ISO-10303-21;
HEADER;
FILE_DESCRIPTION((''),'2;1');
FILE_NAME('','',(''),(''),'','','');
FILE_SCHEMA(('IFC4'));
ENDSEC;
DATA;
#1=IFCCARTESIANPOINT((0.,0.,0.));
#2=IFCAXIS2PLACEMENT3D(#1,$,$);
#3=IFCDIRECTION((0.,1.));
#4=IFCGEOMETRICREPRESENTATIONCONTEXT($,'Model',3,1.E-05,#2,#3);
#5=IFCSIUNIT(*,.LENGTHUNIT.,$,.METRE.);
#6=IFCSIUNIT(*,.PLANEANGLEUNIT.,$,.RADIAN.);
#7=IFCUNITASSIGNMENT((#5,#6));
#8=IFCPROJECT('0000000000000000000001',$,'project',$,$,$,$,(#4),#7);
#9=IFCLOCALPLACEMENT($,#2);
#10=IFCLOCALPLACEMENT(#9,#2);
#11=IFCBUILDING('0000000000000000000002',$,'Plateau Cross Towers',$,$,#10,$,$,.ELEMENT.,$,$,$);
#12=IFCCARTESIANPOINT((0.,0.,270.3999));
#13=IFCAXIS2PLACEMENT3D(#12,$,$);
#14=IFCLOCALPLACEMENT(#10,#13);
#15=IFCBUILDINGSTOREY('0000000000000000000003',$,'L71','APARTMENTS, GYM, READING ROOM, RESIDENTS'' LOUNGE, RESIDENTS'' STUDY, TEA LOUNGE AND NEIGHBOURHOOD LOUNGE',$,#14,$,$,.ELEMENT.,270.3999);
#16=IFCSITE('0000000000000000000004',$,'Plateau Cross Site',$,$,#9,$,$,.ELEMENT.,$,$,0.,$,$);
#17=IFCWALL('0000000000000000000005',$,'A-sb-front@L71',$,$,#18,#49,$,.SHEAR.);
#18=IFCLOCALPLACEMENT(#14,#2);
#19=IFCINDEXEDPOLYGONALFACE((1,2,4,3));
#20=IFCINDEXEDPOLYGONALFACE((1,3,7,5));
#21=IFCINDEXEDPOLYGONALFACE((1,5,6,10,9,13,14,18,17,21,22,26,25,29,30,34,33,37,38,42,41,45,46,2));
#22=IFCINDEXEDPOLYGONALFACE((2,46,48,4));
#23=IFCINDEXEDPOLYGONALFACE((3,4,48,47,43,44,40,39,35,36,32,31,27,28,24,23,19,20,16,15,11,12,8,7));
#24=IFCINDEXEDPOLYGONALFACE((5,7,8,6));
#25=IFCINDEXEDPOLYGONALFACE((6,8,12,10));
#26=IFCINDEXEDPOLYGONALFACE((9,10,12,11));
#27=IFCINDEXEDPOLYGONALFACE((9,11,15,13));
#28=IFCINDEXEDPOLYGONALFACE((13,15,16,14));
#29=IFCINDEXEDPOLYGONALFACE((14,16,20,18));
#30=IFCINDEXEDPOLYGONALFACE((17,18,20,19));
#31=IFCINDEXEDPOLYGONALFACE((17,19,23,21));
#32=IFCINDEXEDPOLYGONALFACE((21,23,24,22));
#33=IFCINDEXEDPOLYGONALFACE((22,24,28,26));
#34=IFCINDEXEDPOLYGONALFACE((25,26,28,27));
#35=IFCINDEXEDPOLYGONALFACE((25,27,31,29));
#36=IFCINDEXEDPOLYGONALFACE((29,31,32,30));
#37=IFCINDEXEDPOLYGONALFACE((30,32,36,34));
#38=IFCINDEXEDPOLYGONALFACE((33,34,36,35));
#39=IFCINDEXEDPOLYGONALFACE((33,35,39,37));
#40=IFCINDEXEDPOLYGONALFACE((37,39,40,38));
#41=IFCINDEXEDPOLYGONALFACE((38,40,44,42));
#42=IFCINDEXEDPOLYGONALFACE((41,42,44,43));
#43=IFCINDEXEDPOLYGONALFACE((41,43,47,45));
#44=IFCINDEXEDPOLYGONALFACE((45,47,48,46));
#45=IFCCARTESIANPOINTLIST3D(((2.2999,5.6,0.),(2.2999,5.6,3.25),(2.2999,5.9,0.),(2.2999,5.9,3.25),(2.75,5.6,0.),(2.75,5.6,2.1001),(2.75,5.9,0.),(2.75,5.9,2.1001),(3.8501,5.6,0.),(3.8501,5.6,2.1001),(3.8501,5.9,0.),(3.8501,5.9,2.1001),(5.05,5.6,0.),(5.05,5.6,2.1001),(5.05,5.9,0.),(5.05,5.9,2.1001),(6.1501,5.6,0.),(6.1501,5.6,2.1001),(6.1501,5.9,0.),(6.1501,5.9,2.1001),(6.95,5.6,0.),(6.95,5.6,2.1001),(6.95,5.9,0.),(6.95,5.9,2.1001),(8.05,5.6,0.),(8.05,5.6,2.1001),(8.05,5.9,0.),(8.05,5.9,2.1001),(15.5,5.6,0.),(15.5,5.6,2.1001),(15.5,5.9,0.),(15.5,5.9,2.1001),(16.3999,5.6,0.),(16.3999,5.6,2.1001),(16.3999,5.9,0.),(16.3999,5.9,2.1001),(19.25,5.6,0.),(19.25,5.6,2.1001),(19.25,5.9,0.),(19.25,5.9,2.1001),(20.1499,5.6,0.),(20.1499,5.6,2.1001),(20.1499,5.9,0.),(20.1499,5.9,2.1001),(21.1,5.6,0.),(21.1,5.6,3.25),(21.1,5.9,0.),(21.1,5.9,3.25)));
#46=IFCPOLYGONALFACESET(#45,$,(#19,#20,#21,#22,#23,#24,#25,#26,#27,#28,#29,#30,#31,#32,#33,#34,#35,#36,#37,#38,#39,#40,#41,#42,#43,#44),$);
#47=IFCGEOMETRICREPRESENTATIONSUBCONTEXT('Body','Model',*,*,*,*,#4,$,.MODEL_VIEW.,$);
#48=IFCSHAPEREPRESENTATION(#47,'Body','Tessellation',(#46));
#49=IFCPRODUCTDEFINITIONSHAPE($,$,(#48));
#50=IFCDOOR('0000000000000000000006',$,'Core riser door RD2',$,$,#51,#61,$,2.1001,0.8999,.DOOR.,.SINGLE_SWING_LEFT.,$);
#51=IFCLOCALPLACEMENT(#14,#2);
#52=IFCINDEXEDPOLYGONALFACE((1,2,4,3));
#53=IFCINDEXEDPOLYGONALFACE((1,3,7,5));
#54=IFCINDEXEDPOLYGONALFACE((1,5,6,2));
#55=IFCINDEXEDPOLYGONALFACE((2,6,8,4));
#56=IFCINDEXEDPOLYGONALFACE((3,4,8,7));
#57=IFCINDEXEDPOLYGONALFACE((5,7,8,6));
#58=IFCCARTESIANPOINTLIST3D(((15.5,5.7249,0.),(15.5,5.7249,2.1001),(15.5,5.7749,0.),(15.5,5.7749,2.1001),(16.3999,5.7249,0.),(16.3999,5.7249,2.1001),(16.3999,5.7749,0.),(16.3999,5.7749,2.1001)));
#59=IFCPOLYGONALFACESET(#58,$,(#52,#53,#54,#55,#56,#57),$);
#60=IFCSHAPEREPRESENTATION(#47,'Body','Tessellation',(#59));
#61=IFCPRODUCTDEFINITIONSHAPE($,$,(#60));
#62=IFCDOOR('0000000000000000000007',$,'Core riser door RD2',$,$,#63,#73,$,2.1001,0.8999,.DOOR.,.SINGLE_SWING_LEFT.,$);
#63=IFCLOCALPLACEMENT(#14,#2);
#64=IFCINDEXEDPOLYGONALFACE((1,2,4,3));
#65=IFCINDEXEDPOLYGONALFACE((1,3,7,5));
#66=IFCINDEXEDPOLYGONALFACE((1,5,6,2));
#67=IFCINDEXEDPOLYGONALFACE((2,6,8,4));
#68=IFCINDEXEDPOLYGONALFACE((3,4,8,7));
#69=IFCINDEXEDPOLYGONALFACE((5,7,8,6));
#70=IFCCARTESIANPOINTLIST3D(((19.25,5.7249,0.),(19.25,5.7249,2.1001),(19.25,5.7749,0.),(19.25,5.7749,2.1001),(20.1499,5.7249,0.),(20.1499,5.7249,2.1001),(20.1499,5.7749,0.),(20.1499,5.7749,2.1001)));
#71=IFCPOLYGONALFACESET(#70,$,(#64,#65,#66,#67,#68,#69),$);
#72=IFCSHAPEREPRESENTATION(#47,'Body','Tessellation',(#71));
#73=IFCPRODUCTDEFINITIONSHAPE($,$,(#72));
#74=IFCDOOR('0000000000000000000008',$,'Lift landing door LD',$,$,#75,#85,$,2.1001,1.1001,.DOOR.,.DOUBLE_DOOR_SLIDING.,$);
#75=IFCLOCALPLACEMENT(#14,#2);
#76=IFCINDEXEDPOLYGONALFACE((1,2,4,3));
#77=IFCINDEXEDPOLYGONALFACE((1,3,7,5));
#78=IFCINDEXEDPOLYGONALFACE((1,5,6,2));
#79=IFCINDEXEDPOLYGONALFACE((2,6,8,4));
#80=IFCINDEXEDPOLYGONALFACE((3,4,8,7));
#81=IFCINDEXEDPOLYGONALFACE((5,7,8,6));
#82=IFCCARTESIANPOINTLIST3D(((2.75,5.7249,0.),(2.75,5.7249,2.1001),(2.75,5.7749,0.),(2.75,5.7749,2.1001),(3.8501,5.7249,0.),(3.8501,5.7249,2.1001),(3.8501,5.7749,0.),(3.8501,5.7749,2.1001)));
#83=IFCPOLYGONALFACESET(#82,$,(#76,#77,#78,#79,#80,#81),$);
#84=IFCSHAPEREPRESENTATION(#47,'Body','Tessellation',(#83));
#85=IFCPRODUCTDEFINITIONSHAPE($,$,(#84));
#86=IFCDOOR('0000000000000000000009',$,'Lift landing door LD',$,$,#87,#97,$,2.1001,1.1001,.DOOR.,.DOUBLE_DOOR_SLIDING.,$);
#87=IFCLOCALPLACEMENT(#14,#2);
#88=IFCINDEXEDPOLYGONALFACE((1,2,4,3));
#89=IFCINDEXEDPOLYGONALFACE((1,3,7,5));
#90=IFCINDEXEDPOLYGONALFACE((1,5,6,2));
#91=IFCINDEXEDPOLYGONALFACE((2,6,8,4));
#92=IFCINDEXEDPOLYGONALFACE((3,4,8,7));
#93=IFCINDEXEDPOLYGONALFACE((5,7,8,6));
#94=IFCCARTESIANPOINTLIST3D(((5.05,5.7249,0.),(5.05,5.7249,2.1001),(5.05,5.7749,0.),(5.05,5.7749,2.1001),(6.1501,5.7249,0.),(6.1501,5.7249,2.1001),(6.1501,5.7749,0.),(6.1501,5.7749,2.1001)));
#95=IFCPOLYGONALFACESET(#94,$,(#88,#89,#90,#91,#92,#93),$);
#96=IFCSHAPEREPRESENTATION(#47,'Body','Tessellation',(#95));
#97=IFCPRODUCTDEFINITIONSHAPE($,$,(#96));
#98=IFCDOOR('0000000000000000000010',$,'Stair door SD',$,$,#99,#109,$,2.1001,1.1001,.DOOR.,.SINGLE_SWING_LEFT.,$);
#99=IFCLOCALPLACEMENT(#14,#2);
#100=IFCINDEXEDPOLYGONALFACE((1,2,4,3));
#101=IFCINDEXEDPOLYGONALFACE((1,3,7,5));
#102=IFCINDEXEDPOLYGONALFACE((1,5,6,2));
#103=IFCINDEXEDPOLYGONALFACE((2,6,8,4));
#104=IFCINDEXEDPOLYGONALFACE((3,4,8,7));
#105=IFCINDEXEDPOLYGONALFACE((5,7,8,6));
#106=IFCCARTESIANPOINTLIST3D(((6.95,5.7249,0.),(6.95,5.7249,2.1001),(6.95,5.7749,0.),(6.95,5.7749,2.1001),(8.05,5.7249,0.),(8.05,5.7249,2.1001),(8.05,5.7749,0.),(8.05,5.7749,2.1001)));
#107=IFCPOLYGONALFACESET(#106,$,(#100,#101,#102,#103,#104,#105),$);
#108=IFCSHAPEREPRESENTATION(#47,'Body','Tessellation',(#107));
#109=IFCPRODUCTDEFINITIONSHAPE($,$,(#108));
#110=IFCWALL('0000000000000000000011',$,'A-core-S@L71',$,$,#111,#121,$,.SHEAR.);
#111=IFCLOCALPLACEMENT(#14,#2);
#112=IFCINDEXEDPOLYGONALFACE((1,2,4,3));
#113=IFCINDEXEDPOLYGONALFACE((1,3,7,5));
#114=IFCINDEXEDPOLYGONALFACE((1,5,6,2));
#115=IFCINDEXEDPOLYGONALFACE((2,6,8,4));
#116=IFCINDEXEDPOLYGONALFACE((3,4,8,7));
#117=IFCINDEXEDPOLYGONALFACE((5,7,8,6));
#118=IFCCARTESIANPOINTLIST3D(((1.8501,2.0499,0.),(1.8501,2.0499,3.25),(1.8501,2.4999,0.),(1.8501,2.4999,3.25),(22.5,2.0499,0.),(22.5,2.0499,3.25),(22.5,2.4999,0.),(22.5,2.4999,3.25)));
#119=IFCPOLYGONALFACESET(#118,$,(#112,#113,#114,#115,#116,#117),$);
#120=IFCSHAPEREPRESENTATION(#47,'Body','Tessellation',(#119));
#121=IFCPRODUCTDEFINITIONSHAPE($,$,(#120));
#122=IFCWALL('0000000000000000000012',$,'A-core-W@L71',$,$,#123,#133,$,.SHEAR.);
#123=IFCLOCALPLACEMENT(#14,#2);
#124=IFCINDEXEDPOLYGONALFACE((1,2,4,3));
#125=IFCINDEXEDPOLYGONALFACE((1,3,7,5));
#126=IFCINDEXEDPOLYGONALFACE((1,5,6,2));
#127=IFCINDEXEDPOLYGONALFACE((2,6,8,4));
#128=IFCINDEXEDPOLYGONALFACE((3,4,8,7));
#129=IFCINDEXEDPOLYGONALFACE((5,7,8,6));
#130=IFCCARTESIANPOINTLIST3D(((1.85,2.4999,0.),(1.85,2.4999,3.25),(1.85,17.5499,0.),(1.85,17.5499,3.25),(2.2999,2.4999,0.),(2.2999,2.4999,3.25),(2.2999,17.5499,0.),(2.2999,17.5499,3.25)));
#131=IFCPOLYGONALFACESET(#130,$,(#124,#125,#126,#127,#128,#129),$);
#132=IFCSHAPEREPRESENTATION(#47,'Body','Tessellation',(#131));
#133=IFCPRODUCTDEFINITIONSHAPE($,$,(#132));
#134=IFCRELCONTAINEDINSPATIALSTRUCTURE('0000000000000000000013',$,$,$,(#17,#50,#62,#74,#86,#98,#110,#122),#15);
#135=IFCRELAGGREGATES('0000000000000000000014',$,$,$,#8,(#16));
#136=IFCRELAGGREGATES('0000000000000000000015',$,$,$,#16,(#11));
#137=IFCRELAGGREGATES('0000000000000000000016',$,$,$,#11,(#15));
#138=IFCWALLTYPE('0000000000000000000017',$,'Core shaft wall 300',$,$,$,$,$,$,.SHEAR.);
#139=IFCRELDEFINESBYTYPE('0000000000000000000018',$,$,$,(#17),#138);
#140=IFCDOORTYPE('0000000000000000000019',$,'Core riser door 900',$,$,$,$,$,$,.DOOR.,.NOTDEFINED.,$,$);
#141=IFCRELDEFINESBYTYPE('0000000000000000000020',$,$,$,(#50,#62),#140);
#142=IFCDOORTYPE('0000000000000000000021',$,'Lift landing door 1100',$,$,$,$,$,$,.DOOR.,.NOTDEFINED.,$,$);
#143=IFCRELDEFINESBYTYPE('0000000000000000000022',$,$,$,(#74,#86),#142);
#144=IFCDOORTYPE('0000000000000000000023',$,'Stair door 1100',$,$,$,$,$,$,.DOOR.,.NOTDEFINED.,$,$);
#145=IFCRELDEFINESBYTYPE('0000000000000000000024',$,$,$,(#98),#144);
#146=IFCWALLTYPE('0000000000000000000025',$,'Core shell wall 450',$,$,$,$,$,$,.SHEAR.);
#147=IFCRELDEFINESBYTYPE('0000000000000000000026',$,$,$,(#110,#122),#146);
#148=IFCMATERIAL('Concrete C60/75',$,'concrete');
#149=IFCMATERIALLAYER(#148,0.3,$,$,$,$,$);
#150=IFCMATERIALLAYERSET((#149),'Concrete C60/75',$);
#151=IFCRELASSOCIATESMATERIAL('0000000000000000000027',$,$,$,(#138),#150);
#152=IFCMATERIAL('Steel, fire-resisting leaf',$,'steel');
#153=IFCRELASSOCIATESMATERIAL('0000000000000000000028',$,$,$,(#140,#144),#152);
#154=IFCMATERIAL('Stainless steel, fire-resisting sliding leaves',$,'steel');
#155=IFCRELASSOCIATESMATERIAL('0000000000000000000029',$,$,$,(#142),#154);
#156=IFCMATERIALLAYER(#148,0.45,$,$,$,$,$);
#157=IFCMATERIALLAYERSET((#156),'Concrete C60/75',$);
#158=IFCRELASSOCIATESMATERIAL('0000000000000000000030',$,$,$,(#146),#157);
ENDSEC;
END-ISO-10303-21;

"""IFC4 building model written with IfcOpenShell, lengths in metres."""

from ifc_helpers import new_model, si_unit, direction, frame, frame_2d, origin, place, context, subcontext, project, spatial, rectangle, extrude, material, layer, layer_set, type_object, element, fill, save


model = new_model("IFC4")

# Units and contexts
model_context = context("Model", 3, precision=1e-05, world=origin(), true_north=direction((0.0, 1.0)))
body_context = subcontext(model_context, "Body", "Model", "MODEL_VIEW")
ifc_project = project(units=[si_unit("LENGTHUNIT", "METRE"), si_unit("PLANEANGLEUNIT", "RADIAN")], contexts=[model_context])

# Site, building, storey
site_placement = place(None, origin())
site = spatial("IfcSite", under=ifc_project, at=site_placement, Name="Plateau Cross Site", CompositionType="ELEMENT", RefElevation=0.0)
building_placement = place(site_placement, origin())
building = spatial("IfcBuilding", under=site, at=building_placement, Name="Plateau Cross Towers", CompositionType="ELEMENT")
storey_placement = place(building_placement, frame((0.0, 0.0, 270.3999)))
storey = spatial("IfcBuildingStorey", under=building, at=storey_placement, Name="L71", Description="APARTMENTS, GYM, READING ROOM, RESIDENTS' LOUNGE, RESIDENTS' STUDY, TEA LOUNGE AND NEIGHBOURHOOD LOUNGE", CompositionType="ELEMENT", Elevation=270.3999)

# Shared definitions
ifc_material_1 = material(Name="Concrete C60/75", Category="concrete")

# Shared definitions
ifc_layer_1 = layer(ifc_material_1, 0.3)
ifc_layer_set_1 = layer_set([ifc_layer_1], Name="Concrete C60/75")
wall_type_1 = type_object("IfcWallType", Name="Core shaft wall 300", PredefinedType="SHEAR", material=ifc_layer_set_1)

# Wall, openings, doors
wall_1_placement = place(storey_placement, frame((2.3, 5.75, 0.0), z_axis=(0.0, 0.0, 1.0), x_axis=(1.0, 0.0, 0.0)))
wall_1 = element("IfcWall", 1, at=wall_1_placement, inside=storey, type_object=wall_type_1, Name="A-sb-front@L71", PredefinedType="SHEAR", context=body_context, shape_type="SweptSolid", body=[
    extrude(rectangle(XDim=18.8, YDim=0.3, at=frame_2d((9.3999, 0.0))), origin(), (0.0, 0.0, 1.0), 3.25),
])
opening_1_placement = place(wall_1_placement, frame((4.6499, 0.0, 0.0)))
opening_1 = element("IfcOpeningElement", 2, at=opening_1_placement, cuts=wall_1, PredefinedType="OPENING", context=body_context, shape_type="SweptSolid", body=[
    extrude(rectangle(XDim=1.1001, YDim=2.1001, at=frame_2d((0.55, 1.05))), frame((0.0, 0.1599, 0.0), z_axis=(0.0, -1.0, 0.0), x_axis=(1.0, 0.0, 0.0)), (0.0, 0.0, 1.0), 0.3201),
])
opening_2_placement = place(wall_1_placement, frame((0.45, 0.0, 0.0)))
opening_2 = element("IfcOpeningElement", 3, at=opening_2_placement, cuts=wall_1, PredefinedType="OPENING", context=body_context, shape_type="SweptSolid", body=[
    extrude(rectangle(XDim=1.1001, YDim=2.1001, at=frame_2d((0.55, 1.05))), frame((0.0, 0.1599, 0.0), z_axis=(0.0, -1.0, 0.0), x_axis=(1.0, 0.0, 0.0)), (0.0, 0.0, 1.0), 0.3201),
])
opening_3_placement = place(wall_1_placement, frame((2.75, 0.0, 0.0)))
opening_3 = element("IfcOpeningElement", 4, at=opening_3_placement, cuts=wall_1, PredefinedType="OPENING", context=body_context, shape_type="SweptSolid", body=[
    extrude(rectangle(XDim=1.1001, YDim=2.1001, at=frame_2d((0.55, 1.05))), frame((0.0, 0.1599, 0.0), z_axis=(0.0, -1.0, 0.0), x_axis=(1.0, 0.0, 0.0)), (0.0, 0.0, 1.0), 0.3201),
])
opening_4_placement = place(wall_1_placement, frame((13.2, 0.0, 0.0)))
opening_4 = element("IfcOpeningElement", 5, at=opening_4_placement, cuts=wall_1, PredefinedType="OPENING", context=body_context, shape_type="SweptSolid", body=[
    extrude(rectangle(XDim=0.8999, YDim=2.1001, at=frame_2d((0.45, 1.05))), frame((0.0, 0.1599, 0.0), z_axis=(0.0, -1.0, 0.0), x_axis=(1.0, 0.0, 0.0)), (0.0, 0.0, 1.0), 0.3201),
])
opening_5_placement = place(wall_1_placement, frame((16.95, 0.0, 0.0)))
opening_5 = element("IfcOpeningElement", 6, at=opening_5_placement, cuts=wall_1, PredefinedType="OPENING", context=body_context, shape_type="SweptSolid", body=[
    extrude(rectangle(XDim=0.8999, YDim=2.1001, at=frame_2d((0.45, 1.05))), frame((0.0, 0.1599, 0.0), z_axis=(0.0, -1.0, 0.0), x_axis=(1.0, 0.0, 0.0)), (0.0, 0.0, 1.0), 0.3201),
])
ifc_material_2 = material(Name="Steel, fire-resisting leaf", Category="steel")
door_type_1 = type_object("IfcDoorType", Name="Core riser door 900", OperationType="NOTDEFINED", PredefinedType="DOOR", material=ifc_material_2)
door_1_placement = place(opening_4_placement, origin())
door_1 = element("IfcDoor", 7, at=door_1_placement, inside=storey, type_object=door_type_1, Name="Core riser door RD2", OperationType="SINGLE_SWING_LEFT", OverallHeight=2.1001, OverallWidth=0.8999, PredefinedType="DOOR", context=body_context, shape_type="SweptSolid", body=[
    extrude(rectangle(XDim=0.8999, YDim=2.1001, at=frame_2d((0.45, 1.05))), frame((0.0, 0.0249, 0.0), z_axis=(0.0, -1.0, 0.0), x_axis=(1.0, 0.0, 0.0)), (0.0, 0.0, 1.0), 0.05),
])
fill(opening_4, door_1)
door_2_placement = place(opening_5_placement, origin())
door_2 = element("IfcDoor", 8, at=door_2_placement, inside=storey, type_object=door_type_1, Name="Core riser door RD2", OperationType="SINGLE_SWING_LEFT", OverallHeight=2.1001, OverallWidth=0.8999, PredefinedType="DOOR", context=body_context, shape_type="SweptSolid", body=[
    extrude(rectangle(XDim=0.8999, YDim=2.1001, at=frame_2d((0.45, 1.05))), frame((0.0, 0.0249, 0.0), z_axis=(0.0, -1.0, 0.0), x_axis=(1.0, 0.0, 0.0)), (0.0, 0.0, 1.0), 0.05),
])
fill(opening_5, door_2)
ifc_material_3 = material(Name="Stainless steel, fire-resisting sliding leaves", Category="steel")
door_type_2 = type_object("IfcDoorType", Name="Lift landing door 1100", OperationType="NOTDEFINED", PredefinedType="DOOR", material=ifc_material_3)
door_3_placement = place(opening_2_placement, origin())
door_3 = element("IfcDoor", 9, at=door_3_placement, inside=storey, type_object=door_type_2, Name="Lift landing door LD", OperationType="DOUBLE_DOOR_SLIDING", OverallHeight=2.1001, OverallWidth=1.1001, PredefinedType="DOOR", context=body_context, shape_type="SweptSolid", body=[
    extrude(rectangle(XDim=1.1001, YDim=2.1001, at=frame_2d((0.55, 1.05))), frame((0.0, 0.0249, 0.0), z_axis=(0.0, -1.0, 0.0), x_axis=(1.0, 0.0, 0.0)), (0.0, 0.0, 1.0), 0.05),
])
fill(opening_2, door_3)
door_4_placement = place(opening_3_placement, origin())
door_4 = element("IfcDoor", 10, at=door_4_placement, inside=storey, type_object=door_type_2, Name="Lift landing door LD", OperationType="DOUBLE_DOOR_SLIDING", OverallHeight=2.1001, OverallWidth=1.1001, PredefinedType="DOOR", context=body_context, shape_type="SweptSolid", body=[
    extrude(rectangle(XDim=1.1001, YDim=2.1001, at=frame_2d((0.55, 1.05))), frame((0.0, 0.0249, 0.0), z_axis=(0.0, -1.0, 0.0), x_axis=(1.0, 0.0, 0.0)), (0.0, 0.0, 1.0), 0.05),
])
fill(opening_3, door_4)
door_type_3 = type_object("IfcDoorType", Name="Stair door 1100", OperationType="NOTDEFINED", PredefinedType="DOOR", material=ifc_material_2)
door_5_placement = place(opening_1_placement, origin())
door_5 = element("IfcDoor", 11, at=door_5_placement, inside=storey, type_object=door_type_3, Name="Stair door SD", OperationType="SINGLE_SWING_LEFT", OverallHeight=2.1001, OverallWidth=1.1001, PredefinedType="DOOR", context=body_context, shape_type="SweptSolid", body=[
    extrude(rectangle(XDim=1.1001, YDim=2.1001, at=frame_2d((0.55, 1.05))), frame((0.0, 0.0249, 0.0), z_axis=(0.0, -1.0, 0.0), x_axis=(1.0, 0.0, 0.0)), (0.0, 0.0, 1.0), 0.05),
])
fill(opening_1, door_5)

# Walls
ifc_layer_2 = layer(ifc_material_1, 0.45)
ifc_layer_set_2 = layer_set([ifc_layer_2], Name="Concrete C60/75")
wall_type_2 = type_object("IfcWallType", Name="Core shell wall 450", PredefinedType="SHEAR", material=ifc_layer_set_2)
wall_2_placement = place(storey_placement, frame((1.8501, 2.2749, 0.0), z_axis=(0.0, 0.0, 1.0), x_axis=(1.0, 0.0, 0.0)))
element("IfcWall", 12, at=wall_2_placement, inside=storey, type_object=wall_type_2, Name="A-core-S@L71", PredefinedType="SHEAR", context=body_context, shape_type="SweptSolid", body=[
    extrude(rectangle(XDim=20.6499, YDim=0.45, at=frame_2d((10.325, 0.0))), origin(), (0.0, 0.0, 1.0), 3.25),
])
wall_3_placement = place(storey_placement, frame((2.075, 2.5, 0.0), z_axis=(0.0, 0.0, 1.0), x_axis=(0.0, 1.0, 0.0)))
element("IfcWall", 13, at=wall_3_placement, inside=storey, type_object=wall_type_2, Name="A-core-W@L71", PredefinedType="SHEAR", context=body_context, shape_type="SweptSolid", body=[
    extrude(rectangle(XDim=15.05, YDim=0.45, at=frame_2d((7.5249, 0.0))), origin(), (0.0, 0.0, 1.0), 3.25),
])

save(model, "model.ifc")
